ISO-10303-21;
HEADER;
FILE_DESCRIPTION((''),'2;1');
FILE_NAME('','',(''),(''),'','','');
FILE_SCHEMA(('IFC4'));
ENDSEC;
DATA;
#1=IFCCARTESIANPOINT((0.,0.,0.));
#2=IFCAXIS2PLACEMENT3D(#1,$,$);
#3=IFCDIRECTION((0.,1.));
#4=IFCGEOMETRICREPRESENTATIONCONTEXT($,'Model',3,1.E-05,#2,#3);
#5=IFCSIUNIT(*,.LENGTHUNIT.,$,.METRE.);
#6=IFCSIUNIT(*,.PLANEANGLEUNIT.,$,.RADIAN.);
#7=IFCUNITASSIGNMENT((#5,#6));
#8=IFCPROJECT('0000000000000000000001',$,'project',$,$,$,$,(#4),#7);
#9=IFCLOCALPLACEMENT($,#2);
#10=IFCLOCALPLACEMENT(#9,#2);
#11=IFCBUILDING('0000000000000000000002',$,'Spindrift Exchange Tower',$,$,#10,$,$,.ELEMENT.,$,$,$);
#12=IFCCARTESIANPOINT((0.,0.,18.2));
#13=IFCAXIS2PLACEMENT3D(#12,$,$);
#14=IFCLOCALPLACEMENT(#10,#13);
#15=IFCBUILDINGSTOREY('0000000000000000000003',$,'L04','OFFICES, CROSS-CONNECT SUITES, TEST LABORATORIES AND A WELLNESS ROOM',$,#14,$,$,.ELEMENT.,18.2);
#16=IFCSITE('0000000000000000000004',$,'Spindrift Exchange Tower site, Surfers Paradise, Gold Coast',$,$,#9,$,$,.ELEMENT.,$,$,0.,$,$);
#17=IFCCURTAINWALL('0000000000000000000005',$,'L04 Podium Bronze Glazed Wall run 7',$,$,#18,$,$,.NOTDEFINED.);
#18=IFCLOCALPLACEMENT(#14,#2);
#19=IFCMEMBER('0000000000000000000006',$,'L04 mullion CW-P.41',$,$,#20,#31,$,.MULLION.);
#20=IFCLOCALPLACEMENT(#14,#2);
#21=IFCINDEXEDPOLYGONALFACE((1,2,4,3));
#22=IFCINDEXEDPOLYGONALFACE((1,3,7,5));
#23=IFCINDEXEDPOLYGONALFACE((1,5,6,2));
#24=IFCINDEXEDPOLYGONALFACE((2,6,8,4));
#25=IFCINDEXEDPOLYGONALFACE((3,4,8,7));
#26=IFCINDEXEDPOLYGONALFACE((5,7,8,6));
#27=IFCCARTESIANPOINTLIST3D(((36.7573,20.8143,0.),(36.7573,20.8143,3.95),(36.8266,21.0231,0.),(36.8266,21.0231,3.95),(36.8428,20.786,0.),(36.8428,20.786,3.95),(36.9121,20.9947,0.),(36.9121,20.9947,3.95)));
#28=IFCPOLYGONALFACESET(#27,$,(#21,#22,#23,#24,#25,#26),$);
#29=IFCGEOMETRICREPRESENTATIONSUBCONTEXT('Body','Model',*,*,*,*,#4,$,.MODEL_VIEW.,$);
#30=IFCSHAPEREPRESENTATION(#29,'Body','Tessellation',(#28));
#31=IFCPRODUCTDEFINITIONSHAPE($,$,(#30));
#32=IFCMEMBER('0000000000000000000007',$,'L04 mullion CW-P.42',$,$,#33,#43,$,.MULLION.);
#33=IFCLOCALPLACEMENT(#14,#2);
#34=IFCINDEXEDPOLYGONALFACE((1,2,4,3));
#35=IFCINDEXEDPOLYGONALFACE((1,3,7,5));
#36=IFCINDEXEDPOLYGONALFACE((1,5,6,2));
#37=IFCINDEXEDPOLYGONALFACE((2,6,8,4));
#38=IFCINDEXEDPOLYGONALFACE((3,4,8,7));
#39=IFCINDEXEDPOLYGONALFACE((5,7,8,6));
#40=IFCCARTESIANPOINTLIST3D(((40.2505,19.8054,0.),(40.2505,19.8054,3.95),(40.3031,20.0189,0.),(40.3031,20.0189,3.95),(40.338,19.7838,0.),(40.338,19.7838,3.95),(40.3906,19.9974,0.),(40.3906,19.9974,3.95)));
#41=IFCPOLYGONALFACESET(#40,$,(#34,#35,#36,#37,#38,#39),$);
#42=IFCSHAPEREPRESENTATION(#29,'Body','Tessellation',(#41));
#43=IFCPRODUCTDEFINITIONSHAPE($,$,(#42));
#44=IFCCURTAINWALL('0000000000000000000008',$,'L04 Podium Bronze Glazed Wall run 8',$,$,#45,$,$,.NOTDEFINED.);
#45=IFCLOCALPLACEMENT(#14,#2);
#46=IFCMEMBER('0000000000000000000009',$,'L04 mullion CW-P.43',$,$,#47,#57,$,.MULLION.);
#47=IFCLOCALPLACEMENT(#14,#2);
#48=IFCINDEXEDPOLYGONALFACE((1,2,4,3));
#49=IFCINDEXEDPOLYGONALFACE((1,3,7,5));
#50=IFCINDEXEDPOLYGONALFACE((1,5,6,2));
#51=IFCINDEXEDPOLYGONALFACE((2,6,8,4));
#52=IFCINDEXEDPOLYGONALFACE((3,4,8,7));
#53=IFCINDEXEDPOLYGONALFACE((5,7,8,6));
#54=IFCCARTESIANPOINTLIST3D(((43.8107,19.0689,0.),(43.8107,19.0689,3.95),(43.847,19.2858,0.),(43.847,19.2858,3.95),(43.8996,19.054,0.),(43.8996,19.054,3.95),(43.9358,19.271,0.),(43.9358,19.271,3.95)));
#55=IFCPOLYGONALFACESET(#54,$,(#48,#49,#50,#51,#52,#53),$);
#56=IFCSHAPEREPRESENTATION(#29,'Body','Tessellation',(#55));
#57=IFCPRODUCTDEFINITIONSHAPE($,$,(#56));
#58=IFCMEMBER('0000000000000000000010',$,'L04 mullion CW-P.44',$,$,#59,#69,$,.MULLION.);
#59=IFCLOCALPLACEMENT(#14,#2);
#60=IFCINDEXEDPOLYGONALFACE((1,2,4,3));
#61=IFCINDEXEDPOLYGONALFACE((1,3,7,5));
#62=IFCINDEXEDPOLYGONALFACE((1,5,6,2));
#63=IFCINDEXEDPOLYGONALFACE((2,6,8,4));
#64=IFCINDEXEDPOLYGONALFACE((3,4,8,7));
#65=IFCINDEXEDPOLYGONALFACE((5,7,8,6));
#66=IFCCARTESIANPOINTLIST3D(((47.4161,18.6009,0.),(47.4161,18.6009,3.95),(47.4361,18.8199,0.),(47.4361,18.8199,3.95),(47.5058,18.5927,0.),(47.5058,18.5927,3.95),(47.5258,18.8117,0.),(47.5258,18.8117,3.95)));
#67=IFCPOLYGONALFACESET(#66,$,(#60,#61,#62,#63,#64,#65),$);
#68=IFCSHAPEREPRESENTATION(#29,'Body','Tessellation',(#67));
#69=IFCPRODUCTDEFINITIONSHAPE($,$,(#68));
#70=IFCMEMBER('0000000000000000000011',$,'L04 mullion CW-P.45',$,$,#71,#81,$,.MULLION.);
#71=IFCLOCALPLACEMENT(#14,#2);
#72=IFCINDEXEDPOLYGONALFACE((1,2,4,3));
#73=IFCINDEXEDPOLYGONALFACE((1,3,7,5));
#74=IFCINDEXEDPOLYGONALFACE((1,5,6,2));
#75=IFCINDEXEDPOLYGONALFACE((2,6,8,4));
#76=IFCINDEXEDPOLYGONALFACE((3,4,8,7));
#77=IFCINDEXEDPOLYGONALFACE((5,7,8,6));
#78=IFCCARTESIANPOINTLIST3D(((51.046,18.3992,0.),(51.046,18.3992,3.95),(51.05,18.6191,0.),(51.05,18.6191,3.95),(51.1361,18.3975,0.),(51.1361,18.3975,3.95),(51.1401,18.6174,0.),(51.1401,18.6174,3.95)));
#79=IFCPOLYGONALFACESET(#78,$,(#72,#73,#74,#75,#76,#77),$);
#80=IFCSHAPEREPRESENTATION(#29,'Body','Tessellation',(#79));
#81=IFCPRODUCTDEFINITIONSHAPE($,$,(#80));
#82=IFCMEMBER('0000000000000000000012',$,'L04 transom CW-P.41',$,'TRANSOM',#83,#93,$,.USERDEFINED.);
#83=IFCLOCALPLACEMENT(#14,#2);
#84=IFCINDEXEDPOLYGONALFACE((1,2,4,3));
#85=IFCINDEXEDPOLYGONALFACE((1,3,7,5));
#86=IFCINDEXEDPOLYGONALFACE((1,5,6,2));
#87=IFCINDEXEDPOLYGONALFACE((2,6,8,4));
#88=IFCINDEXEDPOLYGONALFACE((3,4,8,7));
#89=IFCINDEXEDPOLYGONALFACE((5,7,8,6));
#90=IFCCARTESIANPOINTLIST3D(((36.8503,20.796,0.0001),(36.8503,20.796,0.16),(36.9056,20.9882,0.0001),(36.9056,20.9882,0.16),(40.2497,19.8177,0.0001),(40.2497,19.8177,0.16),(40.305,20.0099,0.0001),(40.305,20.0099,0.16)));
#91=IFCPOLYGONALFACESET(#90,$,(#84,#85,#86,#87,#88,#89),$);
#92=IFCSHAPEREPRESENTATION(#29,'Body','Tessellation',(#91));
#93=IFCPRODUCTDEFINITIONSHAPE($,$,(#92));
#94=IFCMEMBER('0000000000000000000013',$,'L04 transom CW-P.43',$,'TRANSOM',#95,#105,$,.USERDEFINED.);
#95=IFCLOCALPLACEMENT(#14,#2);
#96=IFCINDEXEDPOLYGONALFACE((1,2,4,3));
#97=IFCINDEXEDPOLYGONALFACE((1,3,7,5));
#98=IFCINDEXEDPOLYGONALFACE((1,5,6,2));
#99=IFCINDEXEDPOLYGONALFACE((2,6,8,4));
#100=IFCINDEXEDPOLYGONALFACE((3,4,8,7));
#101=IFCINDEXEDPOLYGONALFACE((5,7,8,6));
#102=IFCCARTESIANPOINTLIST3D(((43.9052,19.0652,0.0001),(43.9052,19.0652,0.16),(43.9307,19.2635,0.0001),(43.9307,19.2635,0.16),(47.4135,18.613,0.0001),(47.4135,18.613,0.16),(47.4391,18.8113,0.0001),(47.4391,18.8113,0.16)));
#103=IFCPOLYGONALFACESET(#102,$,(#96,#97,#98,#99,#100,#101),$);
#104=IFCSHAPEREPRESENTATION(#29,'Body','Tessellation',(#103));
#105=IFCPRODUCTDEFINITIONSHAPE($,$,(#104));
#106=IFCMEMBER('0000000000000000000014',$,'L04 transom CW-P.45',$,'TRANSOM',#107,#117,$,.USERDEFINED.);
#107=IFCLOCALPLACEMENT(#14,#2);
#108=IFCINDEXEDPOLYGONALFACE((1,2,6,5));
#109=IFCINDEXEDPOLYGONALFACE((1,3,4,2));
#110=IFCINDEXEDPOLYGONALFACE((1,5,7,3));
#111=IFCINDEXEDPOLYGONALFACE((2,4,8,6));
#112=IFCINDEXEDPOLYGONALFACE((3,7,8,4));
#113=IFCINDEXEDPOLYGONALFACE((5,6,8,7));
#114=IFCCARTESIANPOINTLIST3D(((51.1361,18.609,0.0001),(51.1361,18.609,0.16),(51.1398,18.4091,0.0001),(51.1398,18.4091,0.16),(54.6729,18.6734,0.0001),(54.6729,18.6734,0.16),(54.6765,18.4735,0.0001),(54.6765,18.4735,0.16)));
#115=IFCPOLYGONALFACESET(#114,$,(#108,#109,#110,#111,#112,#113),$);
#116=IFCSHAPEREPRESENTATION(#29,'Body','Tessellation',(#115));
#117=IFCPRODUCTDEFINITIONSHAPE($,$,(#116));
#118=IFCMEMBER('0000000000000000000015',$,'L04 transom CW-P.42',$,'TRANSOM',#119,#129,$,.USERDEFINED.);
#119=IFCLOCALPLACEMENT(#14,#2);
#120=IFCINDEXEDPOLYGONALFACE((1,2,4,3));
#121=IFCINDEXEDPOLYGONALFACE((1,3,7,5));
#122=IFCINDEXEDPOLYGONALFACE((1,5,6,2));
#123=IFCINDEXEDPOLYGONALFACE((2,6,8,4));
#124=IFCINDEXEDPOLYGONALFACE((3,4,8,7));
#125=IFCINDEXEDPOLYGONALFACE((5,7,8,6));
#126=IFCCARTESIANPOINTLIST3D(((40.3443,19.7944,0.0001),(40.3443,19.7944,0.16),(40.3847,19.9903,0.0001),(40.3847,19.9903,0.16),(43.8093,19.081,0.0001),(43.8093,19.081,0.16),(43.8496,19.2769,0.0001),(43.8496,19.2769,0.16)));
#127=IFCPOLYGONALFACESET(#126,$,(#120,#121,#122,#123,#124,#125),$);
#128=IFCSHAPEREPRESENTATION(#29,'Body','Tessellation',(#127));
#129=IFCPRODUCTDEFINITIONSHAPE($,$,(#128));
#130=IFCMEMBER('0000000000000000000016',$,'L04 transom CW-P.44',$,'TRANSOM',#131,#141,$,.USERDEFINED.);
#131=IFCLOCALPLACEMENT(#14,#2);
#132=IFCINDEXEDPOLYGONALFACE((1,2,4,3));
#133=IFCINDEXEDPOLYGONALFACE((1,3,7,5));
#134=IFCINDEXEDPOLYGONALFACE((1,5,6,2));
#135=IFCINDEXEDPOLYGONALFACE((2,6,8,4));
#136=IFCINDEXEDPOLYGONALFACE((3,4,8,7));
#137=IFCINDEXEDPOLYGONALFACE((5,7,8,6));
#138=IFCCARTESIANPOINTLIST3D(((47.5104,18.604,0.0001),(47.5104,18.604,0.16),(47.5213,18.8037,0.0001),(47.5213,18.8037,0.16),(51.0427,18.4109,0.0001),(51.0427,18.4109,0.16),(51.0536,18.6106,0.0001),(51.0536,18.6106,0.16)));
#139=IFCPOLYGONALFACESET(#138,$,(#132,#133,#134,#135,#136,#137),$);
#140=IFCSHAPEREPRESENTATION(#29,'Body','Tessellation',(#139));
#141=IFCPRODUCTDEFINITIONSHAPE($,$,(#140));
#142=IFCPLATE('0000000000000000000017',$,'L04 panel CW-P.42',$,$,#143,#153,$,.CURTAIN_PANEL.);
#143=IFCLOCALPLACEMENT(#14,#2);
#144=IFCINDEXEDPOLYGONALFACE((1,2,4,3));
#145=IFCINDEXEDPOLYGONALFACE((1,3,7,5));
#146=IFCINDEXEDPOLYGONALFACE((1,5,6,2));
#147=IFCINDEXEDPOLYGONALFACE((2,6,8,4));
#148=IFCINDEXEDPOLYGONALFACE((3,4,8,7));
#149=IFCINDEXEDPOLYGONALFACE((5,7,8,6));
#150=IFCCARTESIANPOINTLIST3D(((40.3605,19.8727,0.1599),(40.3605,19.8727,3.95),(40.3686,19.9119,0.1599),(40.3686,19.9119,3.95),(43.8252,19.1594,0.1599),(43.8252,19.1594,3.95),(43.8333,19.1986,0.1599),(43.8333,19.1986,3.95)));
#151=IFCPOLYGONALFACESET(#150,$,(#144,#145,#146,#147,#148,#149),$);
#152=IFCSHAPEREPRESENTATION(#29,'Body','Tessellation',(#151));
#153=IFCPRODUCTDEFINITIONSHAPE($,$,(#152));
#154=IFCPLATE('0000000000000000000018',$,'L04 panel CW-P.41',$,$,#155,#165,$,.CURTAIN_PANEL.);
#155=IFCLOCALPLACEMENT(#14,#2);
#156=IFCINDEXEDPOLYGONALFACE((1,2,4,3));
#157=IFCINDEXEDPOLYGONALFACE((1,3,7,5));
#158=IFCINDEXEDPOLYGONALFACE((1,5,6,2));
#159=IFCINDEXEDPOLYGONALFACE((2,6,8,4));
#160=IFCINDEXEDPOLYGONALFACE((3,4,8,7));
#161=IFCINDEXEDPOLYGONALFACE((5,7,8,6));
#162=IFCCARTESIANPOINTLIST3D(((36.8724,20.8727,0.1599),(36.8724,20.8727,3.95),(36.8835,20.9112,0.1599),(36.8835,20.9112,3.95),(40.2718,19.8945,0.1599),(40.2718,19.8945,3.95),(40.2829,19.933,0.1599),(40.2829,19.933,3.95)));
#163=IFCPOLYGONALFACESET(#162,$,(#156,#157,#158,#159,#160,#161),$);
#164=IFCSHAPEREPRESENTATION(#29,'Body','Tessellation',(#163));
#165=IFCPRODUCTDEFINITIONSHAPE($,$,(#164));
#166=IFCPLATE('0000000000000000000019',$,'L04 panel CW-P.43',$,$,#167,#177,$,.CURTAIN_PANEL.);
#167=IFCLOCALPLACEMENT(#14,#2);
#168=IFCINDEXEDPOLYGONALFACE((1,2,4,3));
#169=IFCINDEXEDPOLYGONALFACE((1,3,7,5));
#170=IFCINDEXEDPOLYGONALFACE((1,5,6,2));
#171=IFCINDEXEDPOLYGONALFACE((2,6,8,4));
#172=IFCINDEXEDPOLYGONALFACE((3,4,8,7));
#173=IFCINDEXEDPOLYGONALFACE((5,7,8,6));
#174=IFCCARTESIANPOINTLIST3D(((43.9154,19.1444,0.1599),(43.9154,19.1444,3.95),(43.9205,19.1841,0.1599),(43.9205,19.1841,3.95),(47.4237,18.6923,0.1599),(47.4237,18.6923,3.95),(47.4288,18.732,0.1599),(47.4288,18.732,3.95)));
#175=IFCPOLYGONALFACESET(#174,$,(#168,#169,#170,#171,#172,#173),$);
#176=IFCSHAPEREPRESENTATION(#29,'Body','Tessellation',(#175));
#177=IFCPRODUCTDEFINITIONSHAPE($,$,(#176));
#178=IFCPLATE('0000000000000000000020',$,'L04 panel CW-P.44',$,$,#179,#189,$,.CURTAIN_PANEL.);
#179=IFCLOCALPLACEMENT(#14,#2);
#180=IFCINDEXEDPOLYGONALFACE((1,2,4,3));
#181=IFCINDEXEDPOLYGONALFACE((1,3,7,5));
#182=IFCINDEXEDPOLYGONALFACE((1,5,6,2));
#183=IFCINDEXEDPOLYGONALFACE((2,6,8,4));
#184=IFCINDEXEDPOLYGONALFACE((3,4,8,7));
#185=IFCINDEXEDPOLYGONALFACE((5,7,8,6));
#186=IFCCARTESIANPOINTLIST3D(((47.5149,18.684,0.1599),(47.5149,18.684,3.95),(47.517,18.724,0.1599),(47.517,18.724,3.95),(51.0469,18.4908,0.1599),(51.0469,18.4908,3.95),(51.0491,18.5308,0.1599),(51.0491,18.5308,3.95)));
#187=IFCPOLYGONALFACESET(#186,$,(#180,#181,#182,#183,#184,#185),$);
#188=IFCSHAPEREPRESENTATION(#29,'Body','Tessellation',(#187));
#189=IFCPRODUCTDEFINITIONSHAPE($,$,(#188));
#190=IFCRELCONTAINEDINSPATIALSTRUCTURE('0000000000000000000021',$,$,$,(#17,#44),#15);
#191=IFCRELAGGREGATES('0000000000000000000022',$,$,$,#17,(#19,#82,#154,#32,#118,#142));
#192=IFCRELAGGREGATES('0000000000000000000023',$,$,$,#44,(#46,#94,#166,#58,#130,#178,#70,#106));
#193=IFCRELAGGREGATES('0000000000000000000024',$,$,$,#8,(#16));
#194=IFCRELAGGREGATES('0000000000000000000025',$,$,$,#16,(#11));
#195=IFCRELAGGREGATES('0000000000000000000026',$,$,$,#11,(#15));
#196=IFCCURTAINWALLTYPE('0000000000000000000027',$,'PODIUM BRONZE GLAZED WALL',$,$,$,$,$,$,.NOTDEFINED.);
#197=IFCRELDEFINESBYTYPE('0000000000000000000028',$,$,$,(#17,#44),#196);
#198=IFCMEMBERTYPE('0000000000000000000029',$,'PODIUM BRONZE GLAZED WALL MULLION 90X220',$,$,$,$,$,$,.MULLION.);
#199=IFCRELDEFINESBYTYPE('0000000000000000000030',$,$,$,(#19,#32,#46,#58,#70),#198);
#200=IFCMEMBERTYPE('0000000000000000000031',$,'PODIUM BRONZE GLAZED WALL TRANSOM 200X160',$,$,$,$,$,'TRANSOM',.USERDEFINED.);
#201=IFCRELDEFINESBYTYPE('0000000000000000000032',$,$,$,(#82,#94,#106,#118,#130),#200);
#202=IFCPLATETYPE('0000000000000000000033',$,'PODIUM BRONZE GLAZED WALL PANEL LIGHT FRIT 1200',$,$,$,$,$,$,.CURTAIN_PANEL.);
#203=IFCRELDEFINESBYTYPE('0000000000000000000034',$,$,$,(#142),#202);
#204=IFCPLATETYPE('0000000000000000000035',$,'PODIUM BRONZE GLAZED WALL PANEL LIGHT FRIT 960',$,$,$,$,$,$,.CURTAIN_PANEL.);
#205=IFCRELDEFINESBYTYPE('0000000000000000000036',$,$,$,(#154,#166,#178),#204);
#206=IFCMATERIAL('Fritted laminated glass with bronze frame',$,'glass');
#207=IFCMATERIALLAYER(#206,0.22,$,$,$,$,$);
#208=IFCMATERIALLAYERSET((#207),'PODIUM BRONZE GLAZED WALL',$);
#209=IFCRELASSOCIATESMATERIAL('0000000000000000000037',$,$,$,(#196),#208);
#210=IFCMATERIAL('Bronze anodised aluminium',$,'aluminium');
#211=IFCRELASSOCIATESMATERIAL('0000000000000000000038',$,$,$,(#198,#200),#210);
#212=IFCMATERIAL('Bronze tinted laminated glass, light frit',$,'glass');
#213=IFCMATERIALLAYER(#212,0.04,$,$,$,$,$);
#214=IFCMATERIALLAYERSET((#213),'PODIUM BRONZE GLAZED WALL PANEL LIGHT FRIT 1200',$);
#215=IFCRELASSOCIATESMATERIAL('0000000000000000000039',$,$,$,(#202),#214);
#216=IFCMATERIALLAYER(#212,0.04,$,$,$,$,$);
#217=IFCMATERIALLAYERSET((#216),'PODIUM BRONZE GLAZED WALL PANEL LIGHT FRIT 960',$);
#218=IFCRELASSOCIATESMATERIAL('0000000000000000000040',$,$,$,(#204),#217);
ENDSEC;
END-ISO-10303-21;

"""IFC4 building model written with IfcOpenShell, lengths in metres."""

from ifc_helpers import new_model, si_unit, direction, frame, origin, origin_2d, place, context, subcontext, project, spatial, rectangle, extrude, source, transform, mapped, material, layer, layer_set, material_profile, profile_set, type_object, element, aggregate, save


model = new_model("IFC4")

# Units and contexts
model_context = context("Model", 3, precision=1e-05, world=origin(), true_north=direction((0.0, 1.0)))
body_context = subcontext(model_context, "Body", "Model", "MODEL_VIEW")
ifc_project = project(units=[si_unit("LENGTHUNIT", "METRE"), si_unit("PLANEANGLEUNIT", "RADIAN")], contexts=[model_context])

# Site, building, storey
site_placement = place(None, origin())
site = spatial("IfcSite", under=ifc_project, at=site_placement, Name="Spindrift Exchange Tower site, Surfers Paradise, Gold Coast", CompositionType="ELEMENT", RefElevation=0.0)
building_placement = place(site_placement, origin())
building = spatial("IfcBuilding", under=site, at=building_placement, Name="Spindrift Exchange Tower", CompositionType="ELEMENT")
storey_placement = place(building_placement, frame((0.0, 0.0, 18.2)))
storey = spatial("IfcBuildingStorey", under=building, at=storey_placement, Name="L04", Description="OFFICES, CROSS-CONNECT SUITES, TEST LABORATORIES AND A WELLNESS ROOM", CompositionType="ELEMENT", Elevation=18.2)

# Curtain walls, members
ifc_material_1 = material(Name="Fritted laminated glass with bronze frame", Category="glass")
ifc_layer_1 = layer(ifc_material_1, 0.22)
ifc_layer_set_1 = layer_set([ifc_layer_1], Name="PODIUM BRONZE GLAZED WALL")
curtain_wall_type = type_object("IfcCurtainWallType", Name="PODIUM BRONZE GLAZED WALL", PredefinedType="NOTDEFINED", material=ifc_layer_set_1)
curtain_wall_1_placement = place(storey_placement, origin())
curtain_wall_1 = element("IfcCurtainWall", 1, at=curtain_wall_1_placement, inside=storey, type_object=curtain_wall_type, Name="L04 Podium Bronze Glazed Wall run 7", PredefinedType="NOTDEFINED")
ifc_material_2 = material(Name="Bronze anodised aluminium", Category="aluminium")
ifc_material_profile_1 = material_profile(ifc_material_2, rectangle(XDim=0.0901, YDim=0.22, at=origin_2d()), Name="PODIUM BRONZE GLAZED WALL MULLION 90X220")
ifc_profile_set_1 = profile_set([ifc_material_profile_1], Name="Bronze anodised aluminium")
member_type_1 = type_object("IfcMemberType", Name="PODIUM BRONZE GLAZED WALL MULLION 90X220", PredefinedType="MULLION", material=ifc_profile_set_1)
shared_shape_1 = source(origin(), body_context, "Body", "SweptSolid", [
    extrude(rectangle(XDim=0.0901, YDim=0.22, at=origin_2d()), origin(), (0.0, 0.0, 1.0), 3.95),
])
member_1_placement = place(storey_placement, frame((36.8347, 20.9045, 0.0), z_axis=(0.0, 0.0, 1.0), x_axis=(0.9491, -0.314974, 0.0)))
member_1 = element("IfcMember", 2, at=member_1_placement, type_object=member_type_1, Name="L04 mullion CW-P.41", PredefinedType="MULLION", context=body_context, shape_type="MappedRepresentation", body=[
    mapped(shared_shape_1, transform((0.0, 0.0, 0.0), scale=1.0)),
])
member_2_placement = place(storey_placement, frame((40.3206, 19.9014, 0.0), z_axis=(0.0, 0.0, 1.0), x_axis=(0.970954, -0.239266, 0.0)))
member_2 = element("IfcMember", 3, at=member_2_placement, type_object=member_type_1, Name="L04 mullion CW-P.42", PredefinedType="MULLION", context=body_context, shape_type="MappedRepresentation", body=[
    mapped(shared_shape_1, transform((0.0, 0.0, 0.0), scale=1.0)),
])
curtain_wall_2_placement = place(storey_placement, origin())
curtain_wall_2 = element("IfcCurtainWall", 4, at=curtain_wall_2_placement, inside=storey, type_object=curtain_wall_type, Name="L04 Podium Bronze Glazed Wall run 8", PredefinedType="NOTDEFINED")
member_3_placement = place(storey_placement, frame((43.8733, 19.1699, 0.0), z_axis=(0.0, 0.0, 1.0), x_axis=(0.986321, -0.164835, 0.0)))
member_3 = element("IfcMember", 5, at=member_3_placement, type_object=member_type_1, Name="L04 mullion CW-P.43", PredefinedType="MULLION", context=body_context, shape_type="MappedRepresentation", body=[
    mapped(shared_shape_1, transform((0.0, 0.0, 0.0), scale=1.0)),
])
member_4_placement = place(storey_placement, frame((47.4709, 18.7063, 0.0), z_axis=(0.0, 0.0, 1.0), x_axis=(0.995826, -0.091271, 0.0)))
member_4 = element("IfcMember", 6, at=member_4_placement, type_object=member_type_1, Name="L04 mullion CW-P.44", PredefinedType="MULLION", context=body_context, shape_type="MappedRepresentation", body=[
    mapped(shared_shape_1, transform((0.0, 0.0, 0.0), scale=1.0)),
])
member_5_placement = place(storey_placement, frame((51.093, 18.5083, 0.0), z_axis=(0.0, 0.0, 1.0), x_axis=(0.999834, -0.018221, 0.0)))
member_5 = element("IfcMember", 7, at=member_5_placement, type_object=member_type_1, Name="L04 mullion CW-P.45", PredefinedType="MULLION", context=body_context, shape_type="MappedRepresentation", body=[
    mapped(shared_shape_1, transform((0.0, 0.0, 0.0), scale=1.0)),
])

# Members
ifc_material_profile_2 = material_profile(ifc_material_2, rectangle(XDim=0.2, YDim=0.1599, at=origin_2d()), Name="PODIUM BRONZE GLAZED WALL TRANSOM 200X160")
ifc_profile_set_2 = profile_set([ifc_material_profile_2], Name="Bronze anodised aluminium")
member_type_2 = type_object("IfcMemberType", Name="PODIUM BRONZE GLAZED WALL TRANSOM 200X160", ElementType="TRANSOM", PredefinedType="USERDEFINED", material=ifc_profile_set_2)
shared_shape_2 = source(origin(), body_context, "Body", "SweptSolid", [
    extrude(rectangle(XDim=0.2, YDim=0.1599, at=origin_2d()), origin(), (0.0, 0.0, 1.0), 3.5374),
])
member_6_placement = place(storey_placement, frame((36.8779, 20.8921, 0.0801), z_axis=(0.960999, -0.276553, 0.0), x_axis=(0.276553, 0.960999, 0.0)))
member_6 = element("IfcMember", 8, at=member_6_placement, type_object=member_type_2, Name="L04 transom CW-P.41", ObjectType="TRANSOM", PredefinedType="USERDEFINED", context=body_context, shape_type="MappedRepresentation", body=[
    mapped(shared_shape_2, transform((0.0, 0.0, 0.0), scale=1.0)),
])
member_7_placement = place(storey_placement, frame((43.918, 19.1643, 0.0801), z_axis=(0.991797, -0.127822, 0.0), x_axis=(0.127822, 0.991797, 0.0)))
member_7 = element("IfcMember", 9, at=member_7_placement, type_object=member_type_2, Name="L04 transom CW-P.43", ObjectType="TRANSOM", PredefinedType="USERDEFINED", context=body_context, shape_type="MappedRepresentation", body=[
    mapped(shared_shape_2, transform((0.0, 0.0, 0.0), scale=1.0)),
])
member_8_placement = place(storey_placement, frame((51.1379, 18.509, 0.0801), z_axis=(0.999834, 0.01822, 0.0), x_axis=(-0.01822, 0.999834, 0.0)))
member_8 = element("IfcMember", 10, at=member_8_placement, type_object=member_type_2, Name="L04 transom CW-P.45", ObjectType="TRANSOM", PredefinedType="USERDEFINED", context=body_context, shape_type="MappedRepresentation", body=[
    mapped(shared_shape_2, transform((0.0, 0.0, 0.0), scale=1.0)),
])
shared_shape_3 = source(origin(), body_context, "Body", "SweptSolid", [
    extrude(rectangle(XDim=0.2, YDim=0.1599, at=origin_2d()), origin(), (0.0, 0.0, 1.0), 3.5376),
])
member_9_placement = place(storey_placement, frame((40.3645, 19.8923, 0.0801), z_axis=(0.979455, -0.201661, 0.0), x_axis=(0.201661, 0.979455, 0.0)))
member_9 = element("IfcMember", 11, at=member_9_placement, type_object=member_type_2, Name="L04 transom CW-P.42", ObjectType="TRANSOM", PredefinedType="USERDEFINED", context=body_context, shape_type="MappedRepresentation", body=[
    mapped(shared_shape_3, transform((0.0, 0.0, 0.0), scale=1.0)),
])
member_10_placement = place(storey_placement, frame((47.5159, 18.7039, 0.0801), z_axis=(0.998509, -0.054591, 0.0), x_axis=(0.054591, 0.998509, 0.0)))
member_10 = element("IfcMember", 12, at=member_10_placement, type_object=member_type_2, Name="L04 transom CW-P.44", ObjectType="TRANSOM", PredefinedType="USERDEFINED", context=body_context, shape_type="MappedRepresentation", body=[
    mapped(shared_shape_3, transform((0.0, 0.0, 0.0), scale=1.0)),
])

# Plates
ifc_material_3 = material(Name="Bronze tinted laminated glass, light frit", Category="glass")
ifc_layer_2 = layer(ifc_material_3, 0.04)
ifc_layer_set_2 = layer_set([ifc_layer_2], Name="PODIUM BRONZE GLAZED WALL PANEL LIGHT FRIT 1200")
plate_type_1 = type_object("IfcPlateType", Name="PODIUM BRONZE GLAZED WALL PANEL LIGHT FRIT 1200", PredefinedType="CURTAIN_PANEL", material=ifc_layer_set_2)
shared_shape_4 = source(origin(), body_context, "Body", "SweptSolid", [
    extrude(rectangle(XDim=3.5374, YDim=0.04, at=origin_2d()), origin(), (0.0, 0.0, 1.0), 3.79),
])
plate_1_placement = place(storey_placement, frame((42.0969, 19.5356, 0.1599), z_axis=(0.0, 0.0, 1.0), x_axis=(0.979461, -0.201632, 0.0)))
plate_1 = element("IfcPlate", 13, at=plate_1_placement, type_object=plate_type_1, Name="L04 panel CW-P.42", PredefinedType="CURTAIN_PANEL", context=body_context, shape_type="MappedRepresentation", body=[
    mapped(shared_shape_4, transform((0.0, 0.0, 0.0), scale=1.0)),
])
ifc_layer_3 = layer(ifc_material_3, 0.04)
ifc_layer_set_3 = layer_set([ifc_layer_3], Name="PODIUM BRONZE GLAZED WALL PANEL LIGHT FRIT 960")
plate_type_2 = type_object("IfcPlateType", Name="PODIUM BRONZE GLAZED WALL PANEL LIGHT FRIT 960", PredefinedType="CURTAIN_PANEL", material=ifc_layer_set_3)
shared_shape_5 = source(origin(), body_context, "Body", "SweptSolid", [
    extrude(rectangle(XDim=3.5374, YDim=0.04, at=origin_2d()), origin(), (0.0, 0.0, 1.0), 3.79),
])
plate_2_placement = place(storey_placement, frame((38.5776, 20.4028, 0.1599), z_axis=(0.0, 0.0, 1.0), x_axis=(0.961001, -0.276545, 0.0)))
plate_2 = element("IfcPlate", 14, at=plate_2_placement, type_object=plate_type_2, Name="L04 panel CW-P.41", PredefinedType="CURTAIN_PANEL", context=body_context, shape_type="MappedRepresentation", body=[
    mapped(shared_shape_5, transform((0.0, 0.0, 0.0), scale=1.0)),
])
aggregate(curtain_wall_1, [member_1, member_6, plate_2, member_2, member_9, plate_1])
plate_3_placement = place(storey_placement, frame((45.6721, 18.9382, 0.1599), z_axis=(0.0, 0.0, 1.0), x_axis=(0.991799, -0.127807, 0.0)))
plate_3 = element("IfcPlate", 15, at=plate_3_placement, type_object=plate_type_2, Name="L04 panel CW-P.43", PredefinedType="CURTAIN_PANEL", context=body_context, shape_type="MappedRepresentation", body=[
    mapped(shared_shape_5, transform((0.0, 0.0, 0.0), scale=1.0)),
])
plate_4_placement = place(storey_placement, frame((49.282, 18.6074, 0.1599), z_axis=(0.0, 0.0, 1.0), x_axis=(0.998508, -0.054612, 0.0)))
plate_4 = element("IfcPlate", 16, at=plate_4_placement, type_object=plate_type_2, Name="L04 panel CW-P.44", PredefinedType="CURTAIN_PANEL", context=body_context, shape_type="MappedRepresentation", body=[
    mapped(shared_shape_5, transform((0.0, 0.0, 0.0), scale=1.0)),
])
aggregate(curtain_wall_2, [member_3, member_7, plate_3, member_4, member_10, plate_4, member_5, member_8])

save(model, "model.ifc")
